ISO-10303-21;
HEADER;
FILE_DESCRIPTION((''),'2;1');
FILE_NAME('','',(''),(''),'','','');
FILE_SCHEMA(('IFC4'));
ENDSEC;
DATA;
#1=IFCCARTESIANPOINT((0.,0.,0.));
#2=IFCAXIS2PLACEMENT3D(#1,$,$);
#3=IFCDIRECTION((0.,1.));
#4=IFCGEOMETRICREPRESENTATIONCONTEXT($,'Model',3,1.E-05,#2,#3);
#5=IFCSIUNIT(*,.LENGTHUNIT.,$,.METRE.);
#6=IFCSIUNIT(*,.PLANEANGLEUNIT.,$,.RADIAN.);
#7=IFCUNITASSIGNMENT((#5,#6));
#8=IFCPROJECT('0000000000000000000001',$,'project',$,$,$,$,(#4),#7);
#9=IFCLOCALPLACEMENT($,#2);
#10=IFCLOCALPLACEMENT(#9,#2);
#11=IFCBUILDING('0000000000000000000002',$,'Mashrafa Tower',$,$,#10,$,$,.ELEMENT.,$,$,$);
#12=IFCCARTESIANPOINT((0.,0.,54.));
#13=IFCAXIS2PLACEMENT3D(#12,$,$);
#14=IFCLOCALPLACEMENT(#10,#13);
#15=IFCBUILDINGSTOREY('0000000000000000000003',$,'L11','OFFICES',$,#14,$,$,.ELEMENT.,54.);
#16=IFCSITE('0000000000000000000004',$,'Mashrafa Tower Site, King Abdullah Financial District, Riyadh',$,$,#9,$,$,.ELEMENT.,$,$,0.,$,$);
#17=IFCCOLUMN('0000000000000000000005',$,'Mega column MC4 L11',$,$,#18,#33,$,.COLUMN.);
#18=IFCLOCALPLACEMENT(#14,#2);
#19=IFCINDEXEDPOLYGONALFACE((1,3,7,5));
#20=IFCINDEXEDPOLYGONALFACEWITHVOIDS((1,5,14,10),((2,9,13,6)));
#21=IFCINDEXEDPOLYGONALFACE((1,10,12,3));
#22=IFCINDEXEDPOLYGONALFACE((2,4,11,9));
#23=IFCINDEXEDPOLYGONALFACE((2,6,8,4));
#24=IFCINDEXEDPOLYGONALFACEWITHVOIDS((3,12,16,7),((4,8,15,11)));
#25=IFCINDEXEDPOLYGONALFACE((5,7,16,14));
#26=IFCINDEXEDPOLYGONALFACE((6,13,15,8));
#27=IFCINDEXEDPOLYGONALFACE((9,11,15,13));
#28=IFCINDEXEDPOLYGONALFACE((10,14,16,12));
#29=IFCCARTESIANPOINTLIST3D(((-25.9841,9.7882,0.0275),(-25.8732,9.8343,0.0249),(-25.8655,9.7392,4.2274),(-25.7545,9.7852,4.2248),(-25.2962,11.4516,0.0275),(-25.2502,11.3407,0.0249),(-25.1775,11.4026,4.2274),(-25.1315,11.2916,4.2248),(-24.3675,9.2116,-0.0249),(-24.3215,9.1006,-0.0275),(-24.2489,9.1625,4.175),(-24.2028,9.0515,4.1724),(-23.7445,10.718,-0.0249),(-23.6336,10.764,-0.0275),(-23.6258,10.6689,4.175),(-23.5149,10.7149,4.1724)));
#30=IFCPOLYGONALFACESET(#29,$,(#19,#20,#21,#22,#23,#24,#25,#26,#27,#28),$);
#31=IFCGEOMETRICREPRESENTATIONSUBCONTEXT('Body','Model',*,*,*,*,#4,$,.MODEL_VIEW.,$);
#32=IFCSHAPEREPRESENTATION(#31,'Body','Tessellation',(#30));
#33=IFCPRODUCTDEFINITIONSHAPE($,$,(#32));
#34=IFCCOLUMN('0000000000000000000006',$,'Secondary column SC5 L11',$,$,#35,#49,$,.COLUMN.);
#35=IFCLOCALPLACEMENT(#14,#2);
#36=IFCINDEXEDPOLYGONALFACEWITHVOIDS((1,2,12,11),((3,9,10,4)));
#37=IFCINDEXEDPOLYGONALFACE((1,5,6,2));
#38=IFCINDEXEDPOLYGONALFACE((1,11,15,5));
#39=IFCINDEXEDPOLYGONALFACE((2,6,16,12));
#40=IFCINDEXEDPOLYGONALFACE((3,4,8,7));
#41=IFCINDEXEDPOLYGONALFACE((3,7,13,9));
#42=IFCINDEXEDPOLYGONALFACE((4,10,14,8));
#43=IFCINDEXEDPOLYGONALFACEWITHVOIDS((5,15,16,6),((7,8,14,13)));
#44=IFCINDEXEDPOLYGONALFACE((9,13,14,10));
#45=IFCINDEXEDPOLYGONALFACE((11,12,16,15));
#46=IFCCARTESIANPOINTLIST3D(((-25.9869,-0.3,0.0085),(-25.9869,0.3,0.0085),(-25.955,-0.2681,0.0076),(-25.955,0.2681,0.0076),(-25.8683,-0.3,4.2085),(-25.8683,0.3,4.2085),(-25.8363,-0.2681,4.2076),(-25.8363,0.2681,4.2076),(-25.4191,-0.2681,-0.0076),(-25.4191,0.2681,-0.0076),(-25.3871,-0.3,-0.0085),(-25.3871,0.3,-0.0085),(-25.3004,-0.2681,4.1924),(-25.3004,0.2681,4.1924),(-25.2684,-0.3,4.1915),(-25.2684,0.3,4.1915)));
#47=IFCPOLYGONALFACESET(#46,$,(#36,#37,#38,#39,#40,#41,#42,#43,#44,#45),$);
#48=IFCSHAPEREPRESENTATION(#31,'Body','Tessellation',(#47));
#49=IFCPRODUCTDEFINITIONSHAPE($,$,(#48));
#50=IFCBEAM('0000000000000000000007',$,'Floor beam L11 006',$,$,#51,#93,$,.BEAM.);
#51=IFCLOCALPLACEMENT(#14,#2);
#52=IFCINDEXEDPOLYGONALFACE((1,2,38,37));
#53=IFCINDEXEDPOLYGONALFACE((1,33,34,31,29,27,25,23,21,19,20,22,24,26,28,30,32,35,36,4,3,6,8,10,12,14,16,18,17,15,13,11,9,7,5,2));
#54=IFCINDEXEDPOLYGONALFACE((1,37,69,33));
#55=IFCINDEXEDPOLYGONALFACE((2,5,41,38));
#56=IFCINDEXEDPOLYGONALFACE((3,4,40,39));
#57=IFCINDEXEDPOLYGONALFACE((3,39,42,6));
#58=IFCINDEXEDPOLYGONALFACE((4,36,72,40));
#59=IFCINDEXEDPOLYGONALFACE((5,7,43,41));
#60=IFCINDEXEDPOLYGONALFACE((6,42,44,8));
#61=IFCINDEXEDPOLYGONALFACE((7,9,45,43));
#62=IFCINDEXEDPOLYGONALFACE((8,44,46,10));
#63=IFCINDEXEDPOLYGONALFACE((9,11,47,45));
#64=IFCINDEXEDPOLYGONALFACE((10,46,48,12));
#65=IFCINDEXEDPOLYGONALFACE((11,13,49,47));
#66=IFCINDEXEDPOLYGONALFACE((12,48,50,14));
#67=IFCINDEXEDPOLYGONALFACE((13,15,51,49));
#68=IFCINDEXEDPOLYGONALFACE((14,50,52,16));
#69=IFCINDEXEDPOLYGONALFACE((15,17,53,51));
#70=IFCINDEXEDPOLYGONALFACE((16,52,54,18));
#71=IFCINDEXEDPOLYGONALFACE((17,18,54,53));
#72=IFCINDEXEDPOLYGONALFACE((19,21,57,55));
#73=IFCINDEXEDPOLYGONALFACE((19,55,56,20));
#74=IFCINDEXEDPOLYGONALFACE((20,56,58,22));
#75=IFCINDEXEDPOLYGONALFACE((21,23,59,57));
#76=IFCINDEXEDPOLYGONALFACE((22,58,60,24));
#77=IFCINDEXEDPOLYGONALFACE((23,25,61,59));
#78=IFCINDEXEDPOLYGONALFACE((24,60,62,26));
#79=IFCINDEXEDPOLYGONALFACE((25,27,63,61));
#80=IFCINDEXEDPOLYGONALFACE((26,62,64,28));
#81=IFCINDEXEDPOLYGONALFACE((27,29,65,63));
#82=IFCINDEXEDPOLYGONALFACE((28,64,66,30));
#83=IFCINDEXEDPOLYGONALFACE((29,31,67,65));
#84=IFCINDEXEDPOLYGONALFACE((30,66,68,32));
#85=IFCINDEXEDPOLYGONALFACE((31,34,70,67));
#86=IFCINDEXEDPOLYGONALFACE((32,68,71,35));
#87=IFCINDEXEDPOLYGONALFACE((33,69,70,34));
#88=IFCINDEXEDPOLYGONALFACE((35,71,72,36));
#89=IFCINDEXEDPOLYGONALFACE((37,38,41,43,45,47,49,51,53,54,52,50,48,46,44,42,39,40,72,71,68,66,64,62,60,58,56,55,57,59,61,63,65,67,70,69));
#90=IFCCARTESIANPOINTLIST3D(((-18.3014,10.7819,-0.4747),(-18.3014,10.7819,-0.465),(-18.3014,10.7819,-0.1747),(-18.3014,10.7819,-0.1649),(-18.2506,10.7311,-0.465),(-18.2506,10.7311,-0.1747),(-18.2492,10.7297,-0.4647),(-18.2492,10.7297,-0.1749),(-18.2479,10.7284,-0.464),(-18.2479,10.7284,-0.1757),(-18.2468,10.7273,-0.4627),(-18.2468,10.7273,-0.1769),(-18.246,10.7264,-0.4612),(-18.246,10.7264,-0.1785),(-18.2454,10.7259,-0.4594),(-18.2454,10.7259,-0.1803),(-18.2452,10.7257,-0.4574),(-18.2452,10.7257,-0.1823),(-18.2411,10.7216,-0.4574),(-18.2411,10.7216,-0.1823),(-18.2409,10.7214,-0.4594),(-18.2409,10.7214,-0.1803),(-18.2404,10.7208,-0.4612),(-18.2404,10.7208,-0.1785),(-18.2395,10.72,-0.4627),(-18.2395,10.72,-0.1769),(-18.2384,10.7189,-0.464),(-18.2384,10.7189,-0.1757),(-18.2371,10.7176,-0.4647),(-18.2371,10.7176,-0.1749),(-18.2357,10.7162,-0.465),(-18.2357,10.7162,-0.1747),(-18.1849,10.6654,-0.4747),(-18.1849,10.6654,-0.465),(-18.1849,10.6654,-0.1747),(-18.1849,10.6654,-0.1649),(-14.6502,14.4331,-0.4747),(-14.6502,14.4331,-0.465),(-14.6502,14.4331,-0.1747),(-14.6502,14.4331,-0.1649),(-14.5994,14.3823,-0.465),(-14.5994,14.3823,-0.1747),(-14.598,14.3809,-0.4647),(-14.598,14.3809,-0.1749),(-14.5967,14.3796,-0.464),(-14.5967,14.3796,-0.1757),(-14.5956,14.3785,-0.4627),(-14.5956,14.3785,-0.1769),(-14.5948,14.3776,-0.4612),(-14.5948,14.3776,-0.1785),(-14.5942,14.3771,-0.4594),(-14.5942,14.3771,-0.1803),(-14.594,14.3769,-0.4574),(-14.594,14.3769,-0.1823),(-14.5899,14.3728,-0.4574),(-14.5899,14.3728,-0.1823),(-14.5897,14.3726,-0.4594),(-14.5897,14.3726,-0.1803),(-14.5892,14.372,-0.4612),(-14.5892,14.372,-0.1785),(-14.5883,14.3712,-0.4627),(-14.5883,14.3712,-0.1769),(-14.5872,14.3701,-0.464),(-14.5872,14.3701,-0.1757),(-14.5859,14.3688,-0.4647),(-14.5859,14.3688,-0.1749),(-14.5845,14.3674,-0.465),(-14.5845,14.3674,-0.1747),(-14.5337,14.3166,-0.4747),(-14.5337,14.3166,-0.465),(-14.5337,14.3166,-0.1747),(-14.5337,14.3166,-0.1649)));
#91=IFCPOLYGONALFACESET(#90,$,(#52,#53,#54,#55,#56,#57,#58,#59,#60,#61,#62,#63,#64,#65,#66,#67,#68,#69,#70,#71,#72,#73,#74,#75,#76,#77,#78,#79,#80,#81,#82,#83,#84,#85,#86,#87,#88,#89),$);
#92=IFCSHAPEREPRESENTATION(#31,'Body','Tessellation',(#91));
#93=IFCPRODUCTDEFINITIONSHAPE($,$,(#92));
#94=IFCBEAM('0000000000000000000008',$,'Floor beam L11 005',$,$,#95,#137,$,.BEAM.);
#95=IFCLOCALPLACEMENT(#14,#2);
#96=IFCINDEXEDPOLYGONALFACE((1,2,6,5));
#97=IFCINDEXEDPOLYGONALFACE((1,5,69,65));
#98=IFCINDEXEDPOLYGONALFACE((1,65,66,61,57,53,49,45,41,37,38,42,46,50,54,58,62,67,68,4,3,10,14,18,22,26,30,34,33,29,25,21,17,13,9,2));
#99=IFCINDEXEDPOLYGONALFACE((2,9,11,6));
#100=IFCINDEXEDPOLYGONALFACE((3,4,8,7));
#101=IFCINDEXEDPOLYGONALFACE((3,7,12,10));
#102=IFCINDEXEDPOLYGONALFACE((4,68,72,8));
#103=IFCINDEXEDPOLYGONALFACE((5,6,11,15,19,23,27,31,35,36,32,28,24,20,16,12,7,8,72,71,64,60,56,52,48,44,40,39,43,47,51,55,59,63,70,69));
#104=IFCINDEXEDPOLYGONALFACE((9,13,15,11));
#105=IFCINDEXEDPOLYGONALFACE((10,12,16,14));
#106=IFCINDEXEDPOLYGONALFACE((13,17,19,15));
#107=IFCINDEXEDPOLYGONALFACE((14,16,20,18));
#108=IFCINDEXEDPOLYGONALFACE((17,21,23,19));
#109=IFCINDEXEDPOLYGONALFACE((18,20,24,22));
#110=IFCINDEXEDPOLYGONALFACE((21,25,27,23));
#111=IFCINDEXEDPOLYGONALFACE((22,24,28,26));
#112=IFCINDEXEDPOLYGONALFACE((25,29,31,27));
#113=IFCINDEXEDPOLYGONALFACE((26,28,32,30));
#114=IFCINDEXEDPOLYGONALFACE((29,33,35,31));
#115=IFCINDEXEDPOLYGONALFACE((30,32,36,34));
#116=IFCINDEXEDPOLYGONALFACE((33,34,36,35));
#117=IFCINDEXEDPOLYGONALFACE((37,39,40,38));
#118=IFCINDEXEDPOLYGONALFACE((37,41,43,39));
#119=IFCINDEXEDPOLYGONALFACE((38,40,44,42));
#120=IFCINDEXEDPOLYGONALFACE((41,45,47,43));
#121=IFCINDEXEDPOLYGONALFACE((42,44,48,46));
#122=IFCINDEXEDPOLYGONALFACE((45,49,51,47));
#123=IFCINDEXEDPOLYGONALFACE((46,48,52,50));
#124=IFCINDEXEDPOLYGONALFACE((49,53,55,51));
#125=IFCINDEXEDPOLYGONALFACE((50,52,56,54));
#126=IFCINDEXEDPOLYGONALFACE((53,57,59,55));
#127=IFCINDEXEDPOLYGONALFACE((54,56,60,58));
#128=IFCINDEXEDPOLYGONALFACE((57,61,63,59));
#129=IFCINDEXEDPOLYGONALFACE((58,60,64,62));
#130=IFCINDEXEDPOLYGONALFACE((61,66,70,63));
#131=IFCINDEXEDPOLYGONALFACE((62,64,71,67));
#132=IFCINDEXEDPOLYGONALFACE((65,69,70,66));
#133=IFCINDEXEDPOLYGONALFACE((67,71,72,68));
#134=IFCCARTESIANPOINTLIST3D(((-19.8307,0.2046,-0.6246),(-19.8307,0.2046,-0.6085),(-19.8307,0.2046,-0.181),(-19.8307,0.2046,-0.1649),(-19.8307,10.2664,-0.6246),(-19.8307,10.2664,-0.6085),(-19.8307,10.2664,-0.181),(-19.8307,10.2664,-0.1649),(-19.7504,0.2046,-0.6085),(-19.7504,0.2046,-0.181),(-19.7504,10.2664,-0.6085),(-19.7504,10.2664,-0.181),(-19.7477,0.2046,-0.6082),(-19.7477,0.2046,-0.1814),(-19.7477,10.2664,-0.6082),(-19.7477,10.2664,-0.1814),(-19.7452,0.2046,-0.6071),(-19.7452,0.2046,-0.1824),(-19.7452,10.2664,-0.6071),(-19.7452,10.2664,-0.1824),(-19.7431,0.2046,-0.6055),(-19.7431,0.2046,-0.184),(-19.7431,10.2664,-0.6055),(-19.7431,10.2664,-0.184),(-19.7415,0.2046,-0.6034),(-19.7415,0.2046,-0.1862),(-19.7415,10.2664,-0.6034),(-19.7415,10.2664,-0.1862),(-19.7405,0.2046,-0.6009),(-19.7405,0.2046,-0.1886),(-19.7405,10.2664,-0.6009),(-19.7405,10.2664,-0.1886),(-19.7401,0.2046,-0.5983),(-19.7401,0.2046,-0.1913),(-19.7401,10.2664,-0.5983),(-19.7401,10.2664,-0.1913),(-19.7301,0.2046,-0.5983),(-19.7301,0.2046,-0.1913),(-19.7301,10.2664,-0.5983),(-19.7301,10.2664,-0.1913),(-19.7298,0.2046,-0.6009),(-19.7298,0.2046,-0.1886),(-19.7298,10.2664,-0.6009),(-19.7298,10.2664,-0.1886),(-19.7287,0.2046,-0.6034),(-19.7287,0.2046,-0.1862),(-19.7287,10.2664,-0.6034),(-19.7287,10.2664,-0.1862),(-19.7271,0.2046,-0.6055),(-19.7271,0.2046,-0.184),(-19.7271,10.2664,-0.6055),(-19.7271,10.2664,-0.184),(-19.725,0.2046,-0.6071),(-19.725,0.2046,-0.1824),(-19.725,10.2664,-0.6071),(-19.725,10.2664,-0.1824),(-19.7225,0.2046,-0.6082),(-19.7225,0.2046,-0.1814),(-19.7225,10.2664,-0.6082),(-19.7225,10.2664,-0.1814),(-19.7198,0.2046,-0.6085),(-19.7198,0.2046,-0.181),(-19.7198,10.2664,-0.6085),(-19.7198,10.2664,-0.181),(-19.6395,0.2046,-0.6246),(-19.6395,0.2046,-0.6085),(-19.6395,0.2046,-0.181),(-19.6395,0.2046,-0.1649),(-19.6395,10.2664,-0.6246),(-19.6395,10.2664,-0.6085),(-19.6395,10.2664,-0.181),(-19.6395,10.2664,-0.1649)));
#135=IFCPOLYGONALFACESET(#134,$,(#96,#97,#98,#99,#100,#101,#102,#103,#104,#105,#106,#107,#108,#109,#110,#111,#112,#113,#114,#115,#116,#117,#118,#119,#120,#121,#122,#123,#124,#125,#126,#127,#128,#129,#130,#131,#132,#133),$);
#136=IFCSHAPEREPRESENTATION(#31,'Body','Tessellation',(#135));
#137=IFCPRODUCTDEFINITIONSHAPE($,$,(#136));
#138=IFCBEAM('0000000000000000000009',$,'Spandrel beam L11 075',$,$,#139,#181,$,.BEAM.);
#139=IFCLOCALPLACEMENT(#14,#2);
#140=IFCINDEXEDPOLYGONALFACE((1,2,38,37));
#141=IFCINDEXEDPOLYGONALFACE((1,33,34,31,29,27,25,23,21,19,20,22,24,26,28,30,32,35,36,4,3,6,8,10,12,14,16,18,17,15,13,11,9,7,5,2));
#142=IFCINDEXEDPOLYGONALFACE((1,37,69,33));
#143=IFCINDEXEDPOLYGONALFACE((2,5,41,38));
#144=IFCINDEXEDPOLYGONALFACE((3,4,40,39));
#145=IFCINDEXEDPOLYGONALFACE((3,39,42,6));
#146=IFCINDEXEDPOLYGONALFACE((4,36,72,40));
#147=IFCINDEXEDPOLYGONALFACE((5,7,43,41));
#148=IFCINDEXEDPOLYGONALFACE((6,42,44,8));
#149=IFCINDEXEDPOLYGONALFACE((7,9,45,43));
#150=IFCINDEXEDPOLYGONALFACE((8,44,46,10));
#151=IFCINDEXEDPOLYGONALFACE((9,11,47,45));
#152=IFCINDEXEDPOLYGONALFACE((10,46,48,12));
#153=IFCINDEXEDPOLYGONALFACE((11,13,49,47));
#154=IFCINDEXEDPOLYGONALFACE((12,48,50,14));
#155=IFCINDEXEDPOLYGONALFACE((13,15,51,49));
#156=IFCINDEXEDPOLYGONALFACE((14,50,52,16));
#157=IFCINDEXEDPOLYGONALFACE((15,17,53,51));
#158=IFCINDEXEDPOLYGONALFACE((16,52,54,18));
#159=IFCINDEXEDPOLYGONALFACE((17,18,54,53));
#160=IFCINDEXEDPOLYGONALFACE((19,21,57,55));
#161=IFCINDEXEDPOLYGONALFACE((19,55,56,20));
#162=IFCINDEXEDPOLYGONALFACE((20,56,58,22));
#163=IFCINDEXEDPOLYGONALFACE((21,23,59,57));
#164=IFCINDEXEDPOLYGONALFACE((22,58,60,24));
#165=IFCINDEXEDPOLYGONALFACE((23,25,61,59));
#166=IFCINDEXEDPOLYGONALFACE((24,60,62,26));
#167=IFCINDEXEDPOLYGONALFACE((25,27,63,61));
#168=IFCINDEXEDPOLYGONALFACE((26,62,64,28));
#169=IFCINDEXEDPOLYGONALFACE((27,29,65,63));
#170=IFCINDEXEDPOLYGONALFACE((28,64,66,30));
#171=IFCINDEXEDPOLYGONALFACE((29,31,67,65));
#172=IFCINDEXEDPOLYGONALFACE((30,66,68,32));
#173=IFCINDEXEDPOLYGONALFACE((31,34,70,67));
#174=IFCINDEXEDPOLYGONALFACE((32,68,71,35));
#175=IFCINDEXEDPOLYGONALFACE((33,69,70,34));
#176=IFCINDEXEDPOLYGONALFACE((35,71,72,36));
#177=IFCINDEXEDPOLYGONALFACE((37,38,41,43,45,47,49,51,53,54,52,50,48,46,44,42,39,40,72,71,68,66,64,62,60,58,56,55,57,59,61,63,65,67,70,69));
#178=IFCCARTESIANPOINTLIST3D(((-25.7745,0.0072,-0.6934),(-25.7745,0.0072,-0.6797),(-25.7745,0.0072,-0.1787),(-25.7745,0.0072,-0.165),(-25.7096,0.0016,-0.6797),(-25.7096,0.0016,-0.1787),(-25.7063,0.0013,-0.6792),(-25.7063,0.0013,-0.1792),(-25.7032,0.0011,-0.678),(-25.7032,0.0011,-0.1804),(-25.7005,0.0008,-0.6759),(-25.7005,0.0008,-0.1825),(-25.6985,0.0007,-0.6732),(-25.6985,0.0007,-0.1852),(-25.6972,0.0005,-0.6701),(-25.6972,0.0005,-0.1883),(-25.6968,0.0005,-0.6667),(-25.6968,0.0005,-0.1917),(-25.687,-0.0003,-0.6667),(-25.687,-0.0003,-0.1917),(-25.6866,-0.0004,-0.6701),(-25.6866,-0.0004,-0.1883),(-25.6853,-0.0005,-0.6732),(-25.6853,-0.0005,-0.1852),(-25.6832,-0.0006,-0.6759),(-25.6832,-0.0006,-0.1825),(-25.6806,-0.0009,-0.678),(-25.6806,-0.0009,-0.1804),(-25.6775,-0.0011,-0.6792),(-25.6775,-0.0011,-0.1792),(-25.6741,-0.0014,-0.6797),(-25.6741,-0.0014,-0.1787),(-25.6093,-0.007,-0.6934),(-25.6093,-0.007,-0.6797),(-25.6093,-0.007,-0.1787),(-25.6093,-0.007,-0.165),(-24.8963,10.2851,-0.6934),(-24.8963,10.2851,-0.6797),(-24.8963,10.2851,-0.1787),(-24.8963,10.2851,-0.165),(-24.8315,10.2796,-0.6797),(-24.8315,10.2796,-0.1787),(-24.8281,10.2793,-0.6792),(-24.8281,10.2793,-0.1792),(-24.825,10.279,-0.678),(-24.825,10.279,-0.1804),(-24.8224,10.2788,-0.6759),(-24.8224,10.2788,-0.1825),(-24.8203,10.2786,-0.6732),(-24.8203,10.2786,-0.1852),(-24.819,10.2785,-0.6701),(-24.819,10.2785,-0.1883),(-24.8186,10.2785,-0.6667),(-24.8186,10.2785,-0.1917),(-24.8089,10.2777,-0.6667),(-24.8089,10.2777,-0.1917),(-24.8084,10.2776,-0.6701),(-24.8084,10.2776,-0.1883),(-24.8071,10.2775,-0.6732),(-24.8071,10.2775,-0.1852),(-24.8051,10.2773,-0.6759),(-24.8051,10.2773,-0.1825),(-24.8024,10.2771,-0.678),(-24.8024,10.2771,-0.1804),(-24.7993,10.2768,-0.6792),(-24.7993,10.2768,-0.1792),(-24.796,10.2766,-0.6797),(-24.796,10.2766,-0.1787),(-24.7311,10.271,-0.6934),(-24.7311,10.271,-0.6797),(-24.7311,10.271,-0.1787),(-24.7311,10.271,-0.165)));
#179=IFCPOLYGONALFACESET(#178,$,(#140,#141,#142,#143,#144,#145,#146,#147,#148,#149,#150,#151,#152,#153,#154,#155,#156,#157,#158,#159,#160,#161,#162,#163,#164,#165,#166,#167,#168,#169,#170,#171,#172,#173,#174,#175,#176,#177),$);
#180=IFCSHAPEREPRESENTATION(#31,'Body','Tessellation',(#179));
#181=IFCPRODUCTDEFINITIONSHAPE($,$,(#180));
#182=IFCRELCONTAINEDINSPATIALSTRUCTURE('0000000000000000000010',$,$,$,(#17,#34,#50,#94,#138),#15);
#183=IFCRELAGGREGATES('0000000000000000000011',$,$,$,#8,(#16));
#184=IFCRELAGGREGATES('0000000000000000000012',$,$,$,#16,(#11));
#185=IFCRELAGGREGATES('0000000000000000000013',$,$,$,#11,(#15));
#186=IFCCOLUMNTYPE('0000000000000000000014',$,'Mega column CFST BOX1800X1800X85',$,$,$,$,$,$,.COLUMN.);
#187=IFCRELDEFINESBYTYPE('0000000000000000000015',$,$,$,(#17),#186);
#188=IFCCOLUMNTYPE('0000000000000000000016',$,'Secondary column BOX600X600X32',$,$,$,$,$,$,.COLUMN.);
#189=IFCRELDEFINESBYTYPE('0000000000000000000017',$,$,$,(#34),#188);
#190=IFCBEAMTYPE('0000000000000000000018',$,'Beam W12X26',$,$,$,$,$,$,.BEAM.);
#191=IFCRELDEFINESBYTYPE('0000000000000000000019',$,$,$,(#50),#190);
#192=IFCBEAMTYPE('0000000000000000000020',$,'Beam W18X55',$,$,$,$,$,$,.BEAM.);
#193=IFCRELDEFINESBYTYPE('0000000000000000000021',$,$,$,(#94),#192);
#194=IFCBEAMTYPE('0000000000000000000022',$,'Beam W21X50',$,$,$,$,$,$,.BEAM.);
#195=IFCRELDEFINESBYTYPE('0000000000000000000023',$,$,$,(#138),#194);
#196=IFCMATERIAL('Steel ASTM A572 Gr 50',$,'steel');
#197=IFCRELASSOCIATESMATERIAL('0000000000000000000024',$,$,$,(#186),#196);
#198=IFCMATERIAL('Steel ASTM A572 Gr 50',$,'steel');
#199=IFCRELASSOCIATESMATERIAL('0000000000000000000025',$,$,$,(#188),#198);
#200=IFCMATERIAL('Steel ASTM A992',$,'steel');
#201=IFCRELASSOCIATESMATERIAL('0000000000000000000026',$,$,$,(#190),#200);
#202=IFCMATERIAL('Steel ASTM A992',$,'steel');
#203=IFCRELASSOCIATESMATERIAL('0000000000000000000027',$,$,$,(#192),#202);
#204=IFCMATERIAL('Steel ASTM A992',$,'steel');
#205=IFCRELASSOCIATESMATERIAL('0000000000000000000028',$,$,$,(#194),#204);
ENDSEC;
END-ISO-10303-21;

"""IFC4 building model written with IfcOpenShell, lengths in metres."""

from ifc_helpers import new_model, si_unit, direction, frame, origin, origin_2d, place, context, subcontext, project, spatial, hollow_rectangle, i_section, extrude, material, material_profile, profile_set, type_object, element, save


model = new_model("IFC4")

# Units and contexts
model_context = context("Model", 3, precision=1e-05, world=origin(), true_north=direction((0.0, 1.0)))
body_context = subcontext(model_context, "Body", "Model", "MODEL_VIEW")
ifc_project = project(units=[si_unit("LENGTHUNIT", "METRE"), si_unit("PLANEANGLEUNIT", "RADIAN")], contexts=[model_context])

# Site, building, storey
site_placement = place(None, origin())
site = spatial("IfcSite", under=ifc_project, at=site_placement, Name="Mashrafa Tower Site, King Abdullah Financial District, Riyadh", CompositionType="ELEMENT", RefElevation=0.0)
building_placement = place(site_placement, origin())
building = spatial("IfcBuilding", under=site, at=building_placement, Name="Mashrafa Tower", CompositionType="ELEMENT")
storey_placement = place(building_placement, frame((0.0, 0.0, 54.0)))
storey = spatial("IfcBuildingStorey", under=building, at=storey_placement, Name="L11", Description="OFFICES", CompositionType="ELEMENT", Elevation=54.0)

# Columns
ifc_material_1 = material(Name="Steel ASTM A572 Gr 50", Category="steel")
ifc_material_profile_1 = material_profile(ifc_material_1, hollow_rectangle(XDim=1.8, YDim=1.8, WallThickness=0.085, at=origin_2d()), Name="BOX1800X1800X85")
ifc_profile_set_1 = profile_set([ifc_material_profile_1], Name="Steel ASTM A572 Gr 50")
column_type_1 = type_object("IfcColumnType", Name="Mega column CFST BOX1800X1800X85", PredefinedType="COLUMN", material=ifc_profile_set_1)
column_1_placement = place(storey_placement, frame((-24.8088, 10.2761, 0.0), z_axis=(0.028238, -0.011679, 0.999533), x_axis=(0.382184, 0.924086, 0.0)))
element("IfcColumn", 1, at=column_1_placement, inside=storey, type_object=column_type_1, Name="Mega column MC4 L11", PredefinedType="COLUMN", context=body_context, shape_type="SweptSolid", body=[
    extrude(hollow_rectangle(XDim=1.8, YDim=1.8, WallThickness=0.085, at=origin_2d()), origin(), (0.0, 0.0, 1.0), 4.2019),
])
ifc_material_2 = material(Name="Steel ASTM A572 Gr 50", Category="steel")
ifc_material_profile_2 = material_profile(ifc_material_2, hollow_rectangle(XDim=0.6001, YDim=0.6001, WallThickness=0.032, at=origin_2d()), Name="BOX600X600X32")
ifc_profile_set_2 = profile_set([ifc_material_profile_2], Name="Steel ASTM A572 Gr 50")
column_type_2 = type_object("IfcColumnType", Name="Secondary column BOX600X600X32", PredefinedType="COLUMN", material=ifc_profile_set_2)
column_2_placement = place(storey_placement, frame((-25.687, 0.0, 0.0), z_axis=(0.02824, 0.0, 0.999601), x_axis=(0.0, 1.0, 0.0)))
element("IfcColumn", 2, at=column_2_placement, inside=storey, type_object=column_type_2, Name="Secondary column SC5 L11", PredefinedType="COLUMN", context=body_context, shape_type="SweptSolid", body=[
    extrude(hollow_rectangle(XDim=0.6001, YDim=0.6001, WallThickness=0.032, at=origin_2d()), origin(), (0.0, 0.0, 1.0), 4.2017),
])

# Beams
ifc_material_3 = material(Name="Steel ASTM A992", Category="steel")
ifc_material_profile_3 = material_profile(ifc_material_3, i_section(OverallWidth=0.1648, OverallDepth=0.3098, WebThickness=0.0059, FlangeThickness=0.0098, FilletRadius=0.0076, at=origin_2d()), Name="W12X26")
ifc_profile_set_3 = profile_set([ifc_material_profile_3], Name="Steel ASTM A992")
beam_type_1 = type_object("IfcBeamType", Name="Beam W12X26", PredefinedType="BEAM", material=ifc_profile_set_3)
beam_1_placement = place(storey_placement, frame((-18.2432, 10.7236, -0.3198), z_axis=(0.707107, 0.707107, 0.0), x_axis=(-0.707107, 0.707107, 0.0)))
element("IfcBeam", 3, at=beam_1_placement, inside=storey, type_object=beam_type_1, Name="Floor beam L11 006", PredefinedType="BEAM", context=body_context, shape_type="SweptSolid", body=[
    extrude(i_section(OverallWidth=0.1648, OverallDepth=0.3098, WebThickness=0.0059, FlangeThickness=0.0098, FilletRadius=0.0076, at=origin_2d()), origin(), (0.0, 0.0, 1.0), 5.1636),
])
ifc_material_4 = material(Name="Steel ASTM A992", Category="steel")
ifc_material_profile_4 = material_profile(ifc_material_4, i_section(OverallWidth=0.1912, OverallDepth=0.4597, WebThickness=0.01, FlangeThickness=0.0161, FilletRadius=0.0103, at=origin_2d()), Name="W18X55")
ifc_profile_set_4 = profile_set([ifc_material_profile_4], Name="Steel ASTM A992")
beam_type_2 = type_object("IfcBeamType", Name="Beam W18X55", PredefinedType="BEAM", material=ifc_profile_set_4)
beam_2_placement = place(storey_placement, frame((-19.7351, 0.2046, -0.3948), z_axis=(0.0, 1.0, 0.0), x_axis=(-1.0, 0.0, 0.0)))
element("IfcBeam", 4, at=beam_2_placement, inside=storey, type_object=beam_type_2, Name="Floor beam L11 005", PredefinedType="BEAM", context=body_context, shape_type="SweptSolid", body=[
    extrude(i_section(OverallWidth=0.1912, OverallDepth=0.4597, WebThickness=0.01, FlangeThickness=0.0161, FilletRadius=0.0103, at=origin_2d()), origin(), (0.0, 0.0, 1.0), 10.0618),
])
ifc_material_5 = material(Name="Steel ASTM A992", Category="steel")
ifc_material_profile_5 = material_profile(ifc_material_5, i_section(OverallWidth=0.1658, OverallDepth=0.5283, WebThickness=0.0098, FlangeThickness=0.0137, FilletRadius=0.0129, at=origin_2d()), Name="W21X50")
ifc_profile_set_5 = profile_set([ifc_material_profile_5], Name="Steel ASTM A992")
beam_type_3 = type_object("IfcBeamType", Name="Beam W21X50", PredefinedType="BEAM", material=ifc_profile_set_5)
beam_3_placement = place(storey_placement, frame((-24.8137, 10.2781, -0.4292), z_axis=(-0.085131, -0.99637, 0.0), x_axis=(0.99637, -0.085131, 0.0)))
element("IfcBeam", 5, at=beam_3_placement, inside=storey, type_object=beam_type_3, Name="Spandrel beam L11 075", PredefinedType="BEAM", context=body_context, shape_type="SweptSolid", body=[
    extrude(i_section(OverallWidth=0.1658, OverallDepth=0.5283, WebThickness=0.0098, FlangeThickness=0.0137, FilletRadius=0.0129, at=origin_2d()), origin(), (0.0, 0.0, 1.0), 10.3154),
])

save(model, "model.ifc")
